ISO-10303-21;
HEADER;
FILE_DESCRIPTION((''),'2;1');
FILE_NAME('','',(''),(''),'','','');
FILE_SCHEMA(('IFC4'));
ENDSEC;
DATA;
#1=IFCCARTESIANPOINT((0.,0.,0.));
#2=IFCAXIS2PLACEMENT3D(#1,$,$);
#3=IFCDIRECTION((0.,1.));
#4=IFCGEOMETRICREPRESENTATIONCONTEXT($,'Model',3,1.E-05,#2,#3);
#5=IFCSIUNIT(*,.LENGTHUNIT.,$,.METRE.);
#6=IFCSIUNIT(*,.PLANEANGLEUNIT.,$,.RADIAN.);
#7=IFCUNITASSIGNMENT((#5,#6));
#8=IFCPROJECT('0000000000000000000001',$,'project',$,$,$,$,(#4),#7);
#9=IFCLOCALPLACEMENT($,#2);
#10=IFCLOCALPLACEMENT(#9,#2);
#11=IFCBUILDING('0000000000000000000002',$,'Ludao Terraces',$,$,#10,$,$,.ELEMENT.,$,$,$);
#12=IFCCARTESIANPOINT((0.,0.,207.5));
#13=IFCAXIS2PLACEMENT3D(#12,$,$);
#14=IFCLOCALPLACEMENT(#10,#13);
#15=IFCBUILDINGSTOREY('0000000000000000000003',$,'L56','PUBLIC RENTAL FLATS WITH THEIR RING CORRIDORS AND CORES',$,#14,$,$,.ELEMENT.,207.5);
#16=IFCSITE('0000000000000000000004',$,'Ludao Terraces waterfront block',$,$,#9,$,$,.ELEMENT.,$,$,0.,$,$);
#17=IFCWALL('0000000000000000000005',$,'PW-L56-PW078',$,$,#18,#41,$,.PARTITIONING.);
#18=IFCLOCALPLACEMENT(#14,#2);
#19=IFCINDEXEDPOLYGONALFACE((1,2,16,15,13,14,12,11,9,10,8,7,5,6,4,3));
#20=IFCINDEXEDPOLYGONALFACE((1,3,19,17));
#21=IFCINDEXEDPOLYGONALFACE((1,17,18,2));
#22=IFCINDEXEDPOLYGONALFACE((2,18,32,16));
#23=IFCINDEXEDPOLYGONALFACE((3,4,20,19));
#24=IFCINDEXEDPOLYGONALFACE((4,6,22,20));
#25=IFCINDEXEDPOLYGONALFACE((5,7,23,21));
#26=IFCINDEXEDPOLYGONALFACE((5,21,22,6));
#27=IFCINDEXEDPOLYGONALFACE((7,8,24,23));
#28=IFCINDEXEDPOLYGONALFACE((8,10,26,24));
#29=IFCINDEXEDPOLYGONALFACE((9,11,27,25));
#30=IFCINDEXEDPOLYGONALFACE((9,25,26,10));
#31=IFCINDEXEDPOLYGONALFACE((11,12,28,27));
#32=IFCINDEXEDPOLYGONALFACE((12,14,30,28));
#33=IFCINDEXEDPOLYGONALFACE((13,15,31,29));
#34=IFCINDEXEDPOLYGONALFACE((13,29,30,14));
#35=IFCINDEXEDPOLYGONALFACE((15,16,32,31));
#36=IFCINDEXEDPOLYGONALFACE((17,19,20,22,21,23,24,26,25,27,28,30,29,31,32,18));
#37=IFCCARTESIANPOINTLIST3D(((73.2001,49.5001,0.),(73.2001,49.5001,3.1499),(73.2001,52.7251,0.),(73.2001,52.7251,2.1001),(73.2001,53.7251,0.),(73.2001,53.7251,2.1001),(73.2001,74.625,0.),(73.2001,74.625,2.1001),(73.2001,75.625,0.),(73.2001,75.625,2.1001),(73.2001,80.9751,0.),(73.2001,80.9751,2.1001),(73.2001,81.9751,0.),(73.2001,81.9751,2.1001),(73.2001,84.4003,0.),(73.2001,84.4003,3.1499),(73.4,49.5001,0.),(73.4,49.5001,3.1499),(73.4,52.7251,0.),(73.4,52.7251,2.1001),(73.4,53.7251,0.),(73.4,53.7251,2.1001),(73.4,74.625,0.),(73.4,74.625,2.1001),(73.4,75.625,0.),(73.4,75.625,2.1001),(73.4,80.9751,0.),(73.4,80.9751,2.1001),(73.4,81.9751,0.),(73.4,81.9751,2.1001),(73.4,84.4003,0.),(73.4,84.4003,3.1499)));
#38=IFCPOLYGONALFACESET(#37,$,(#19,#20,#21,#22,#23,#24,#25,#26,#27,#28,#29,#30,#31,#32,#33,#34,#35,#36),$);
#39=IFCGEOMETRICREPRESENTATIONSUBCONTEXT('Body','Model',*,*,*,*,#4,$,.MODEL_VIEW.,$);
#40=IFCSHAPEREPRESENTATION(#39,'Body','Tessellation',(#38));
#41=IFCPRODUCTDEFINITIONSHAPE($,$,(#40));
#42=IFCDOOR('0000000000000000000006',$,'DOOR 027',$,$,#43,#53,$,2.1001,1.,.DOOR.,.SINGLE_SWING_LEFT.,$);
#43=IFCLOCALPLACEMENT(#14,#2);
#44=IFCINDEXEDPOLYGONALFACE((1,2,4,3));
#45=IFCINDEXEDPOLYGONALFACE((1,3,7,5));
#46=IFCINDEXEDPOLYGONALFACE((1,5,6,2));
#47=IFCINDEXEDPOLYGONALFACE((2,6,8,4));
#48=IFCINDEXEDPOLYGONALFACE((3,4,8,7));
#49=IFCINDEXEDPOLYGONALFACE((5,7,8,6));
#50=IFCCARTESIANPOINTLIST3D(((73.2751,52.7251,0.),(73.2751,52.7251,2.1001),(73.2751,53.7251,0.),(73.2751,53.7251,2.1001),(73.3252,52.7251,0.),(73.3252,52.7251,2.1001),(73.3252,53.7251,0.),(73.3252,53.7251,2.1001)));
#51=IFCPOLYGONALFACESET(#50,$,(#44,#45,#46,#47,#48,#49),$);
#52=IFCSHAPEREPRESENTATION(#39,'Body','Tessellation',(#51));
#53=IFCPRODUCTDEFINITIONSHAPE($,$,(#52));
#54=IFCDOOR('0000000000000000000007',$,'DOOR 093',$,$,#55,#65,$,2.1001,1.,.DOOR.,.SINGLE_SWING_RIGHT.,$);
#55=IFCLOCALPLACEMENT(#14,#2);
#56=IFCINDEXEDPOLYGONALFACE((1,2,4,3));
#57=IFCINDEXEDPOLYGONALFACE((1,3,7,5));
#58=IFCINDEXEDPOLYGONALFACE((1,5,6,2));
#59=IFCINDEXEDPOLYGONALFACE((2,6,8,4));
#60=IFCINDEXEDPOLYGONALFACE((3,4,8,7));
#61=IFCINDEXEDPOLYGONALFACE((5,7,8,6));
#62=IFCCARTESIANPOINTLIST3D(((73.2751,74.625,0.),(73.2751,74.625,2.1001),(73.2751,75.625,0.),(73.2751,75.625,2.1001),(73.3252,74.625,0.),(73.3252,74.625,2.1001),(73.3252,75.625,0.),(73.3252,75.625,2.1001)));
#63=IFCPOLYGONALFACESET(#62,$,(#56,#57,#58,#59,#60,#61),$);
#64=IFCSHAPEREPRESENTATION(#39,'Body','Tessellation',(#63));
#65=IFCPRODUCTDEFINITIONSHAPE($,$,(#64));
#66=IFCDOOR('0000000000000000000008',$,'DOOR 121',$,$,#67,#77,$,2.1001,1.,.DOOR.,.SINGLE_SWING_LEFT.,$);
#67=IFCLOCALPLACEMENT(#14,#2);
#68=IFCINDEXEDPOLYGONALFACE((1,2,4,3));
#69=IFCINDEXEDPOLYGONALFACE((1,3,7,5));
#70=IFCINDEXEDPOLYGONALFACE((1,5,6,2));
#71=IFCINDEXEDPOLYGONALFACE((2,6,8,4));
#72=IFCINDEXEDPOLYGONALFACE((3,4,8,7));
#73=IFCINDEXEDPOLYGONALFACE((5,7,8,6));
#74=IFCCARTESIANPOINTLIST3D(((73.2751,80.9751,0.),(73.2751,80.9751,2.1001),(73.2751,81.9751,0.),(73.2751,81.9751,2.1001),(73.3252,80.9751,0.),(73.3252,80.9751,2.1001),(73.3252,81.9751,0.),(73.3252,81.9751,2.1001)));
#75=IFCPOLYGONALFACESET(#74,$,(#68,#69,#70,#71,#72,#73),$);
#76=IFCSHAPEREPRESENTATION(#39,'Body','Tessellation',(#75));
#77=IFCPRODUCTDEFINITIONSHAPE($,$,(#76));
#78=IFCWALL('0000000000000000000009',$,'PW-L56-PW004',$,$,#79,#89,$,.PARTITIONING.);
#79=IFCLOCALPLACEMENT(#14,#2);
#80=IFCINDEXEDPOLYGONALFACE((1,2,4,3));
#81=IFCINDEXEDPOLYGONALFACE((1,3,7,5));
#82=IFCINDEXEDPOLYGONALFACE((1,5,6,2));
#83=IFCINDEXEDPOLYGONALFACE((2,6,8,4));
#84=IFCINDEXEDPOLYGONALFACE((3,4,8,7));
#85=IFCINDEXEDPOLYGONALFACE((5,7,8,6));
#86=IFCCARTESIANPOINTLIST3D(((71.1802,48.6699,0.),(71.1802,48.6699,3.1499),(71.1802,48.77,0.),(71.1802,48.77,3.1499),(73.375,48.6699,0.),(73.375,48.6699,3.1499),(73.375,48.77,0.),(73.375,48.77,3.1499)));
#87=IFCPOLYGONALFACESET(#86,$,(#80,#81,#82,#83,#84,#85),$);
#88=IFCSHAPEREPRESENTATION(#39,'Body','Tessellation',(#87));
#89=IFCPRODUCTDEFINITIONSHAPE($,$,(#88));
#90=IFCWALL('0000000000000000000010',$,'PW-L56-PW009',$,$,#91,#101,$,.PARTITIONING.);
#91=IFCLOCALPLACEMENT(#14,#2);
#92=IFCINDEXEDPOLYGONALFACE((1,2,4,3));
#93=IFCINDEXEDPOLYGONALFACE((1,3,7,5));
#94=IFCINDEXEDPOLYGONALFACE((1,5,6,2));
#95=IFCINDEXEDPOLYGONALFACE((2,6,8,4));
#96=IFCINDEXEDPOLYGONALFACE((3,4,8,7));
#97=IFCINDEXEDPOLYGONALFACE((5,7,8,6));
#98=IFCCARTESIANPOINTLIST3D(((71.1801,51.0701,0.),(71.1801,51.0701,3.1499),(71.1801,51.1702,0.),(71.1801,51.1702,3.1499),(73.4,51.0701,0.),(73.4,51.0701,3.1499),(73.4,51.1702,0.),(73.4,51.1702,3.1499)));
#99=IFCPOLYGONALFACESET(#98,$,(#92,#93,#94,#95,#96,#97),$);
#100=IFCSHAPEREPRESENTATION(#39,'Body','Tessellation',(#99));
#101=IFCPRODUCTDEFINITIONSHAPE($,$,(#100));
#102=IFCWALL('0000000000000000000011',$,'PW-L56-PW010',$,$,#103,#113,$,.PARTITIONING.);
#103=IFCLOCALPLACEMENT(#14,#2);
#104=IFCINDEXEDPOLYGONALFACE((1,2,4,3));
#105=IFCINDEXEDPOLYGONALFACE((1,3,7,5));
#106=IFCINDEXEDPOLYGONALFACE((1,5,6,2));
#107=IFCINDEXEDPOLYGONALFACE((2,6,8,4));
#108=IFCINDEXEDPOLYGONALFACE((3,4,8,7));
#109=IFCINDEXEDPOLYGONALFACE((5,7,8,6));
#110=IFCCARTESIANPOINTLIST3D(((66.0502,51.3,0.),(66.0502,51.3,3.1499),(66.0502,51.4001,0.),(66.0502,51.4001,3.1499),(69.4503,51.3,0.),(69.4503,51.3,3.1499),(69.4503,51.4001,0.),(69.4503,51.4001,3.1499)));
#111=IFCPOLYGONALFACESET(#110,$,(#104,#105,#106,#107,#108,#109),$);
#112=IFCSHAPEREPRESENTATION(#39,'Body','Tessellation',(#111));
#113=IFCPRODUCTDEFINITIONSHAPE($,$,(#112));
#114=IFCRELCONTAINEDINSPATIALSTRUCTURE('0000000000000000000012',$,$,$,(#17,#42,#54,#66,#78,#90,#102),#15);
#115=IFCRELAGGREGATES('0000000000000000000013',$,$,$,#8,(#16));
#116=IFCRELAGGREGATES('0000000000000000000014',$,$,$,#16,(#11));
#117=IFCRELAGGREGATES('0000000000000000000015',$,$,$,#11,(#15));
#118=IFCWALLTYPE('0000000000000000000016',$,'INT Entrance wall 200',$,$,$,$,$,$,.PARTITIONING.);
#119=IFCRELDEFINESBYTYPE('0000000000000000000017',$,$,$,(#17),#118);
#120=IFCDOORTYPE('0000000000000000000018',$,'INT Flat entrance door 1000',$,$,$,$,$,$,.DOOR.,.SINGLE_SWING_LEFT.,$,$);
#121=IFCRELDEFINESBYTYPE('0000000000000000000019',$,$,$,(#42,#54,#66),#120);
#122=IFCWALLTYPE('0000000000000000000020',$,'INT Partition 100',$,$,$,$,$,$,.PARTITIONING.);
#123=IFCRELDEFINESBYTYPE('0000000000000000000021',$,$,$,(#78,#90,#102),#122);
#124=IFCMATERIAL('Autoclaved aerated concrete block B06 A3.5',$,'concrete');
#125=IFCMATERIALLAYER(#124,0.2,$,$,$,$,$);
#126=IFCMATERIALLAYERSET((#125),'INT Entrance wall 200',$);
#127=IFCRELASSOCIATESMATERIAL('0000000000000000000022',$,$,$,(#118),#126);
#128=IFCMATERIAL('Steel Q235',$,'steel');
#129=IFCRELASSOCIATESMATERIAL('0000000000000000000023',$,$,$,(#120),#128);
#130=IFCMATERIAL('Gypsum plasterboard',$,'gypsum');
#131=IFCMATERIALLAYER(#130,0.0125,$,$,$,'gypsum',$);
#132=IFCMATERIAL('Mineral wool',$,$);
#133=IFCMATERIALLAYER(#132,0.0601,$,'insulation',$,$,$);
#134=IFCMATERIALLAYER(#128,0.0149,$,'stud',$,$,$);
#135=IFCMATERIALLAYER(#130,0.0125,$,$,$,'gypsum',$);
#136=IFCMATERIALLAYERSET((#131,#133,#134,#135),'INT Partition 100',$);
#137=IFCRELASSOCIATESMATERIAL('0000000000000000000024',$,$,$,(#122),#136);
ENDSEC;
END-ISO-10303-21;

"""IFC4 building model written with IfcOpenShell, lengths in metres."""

from ifc_helpers import new_model, si_unit, direction, frame, frame_2d, origin, place, context, subcontext, project, spatial, rectangle, extrude, material, layer, layer_set, type_object, element, fill, save


model = new_model("IFC4")

# Units and contexts
model_context = context("Model", 3, precision=1e-05, world=origin(), true_north=direction((0.0, 1.0)))
body_context = subcontext(model_context, "Body", "Model", "MODEL_VIEW")
ifc_project = project(units=[si_unit("LENGTHUNIT", "METRE"), si_unit("PLANEANGLEUNIT", "RADIAN")], contexts=[model_context])

# Site, building, storey
site_placement = place(None, origin())
site = spatial("IfcSite", under=ifc_project, at=site_placement, Name="Ludao Terraces waterfront block", CompositionType="ELEMENT", RefElevation=0.0)
building_placement = place(site_placement, origin())
building = spatial("IfcBuilding", under=site, at=building_placement, Name="Ludao Terraces", CompositionType="ELEMENT")
storey_placement = place(building_placement, frame((0.0, 0.0, 207.5)))
storey = spatial("IfcBuildingStorey", under=building, at=storey_placement, Name="L56", Description="PUBLIC RENTAL FLATS WITH THEIR RING CORRIDORS AND CORES", CompositionType="ELEMENT", Elevation=207.5)

# Wall, openings, doors
ifc_material_1 = material(Name="Autoclaved aerated concrete block B06 A3.5", Category="concrete")
ifc_layer_1 = layer(ifc_material_1, 0.2)
ifc_layer_set_1 = layer_set([ifc_layer_1], Name="INT Entrance wall 200")
wall_type_1 = type_object("IfcWallType", Name="INT Entrance wall 200", PredefinedType="PARTITIONING", material=ifc_layer_set_1)
wall_1_placement = place(storey_placement, frame((73.3, 49.5, 0.0), z_axis=(0.0, 0.0, 1.0), x_axis=(0.0, 1.0, 0.0)))
wall_1 = element("IfcWall", 1, at=wall_1_placement, inside=storey, type_object=wall_type_1, Name="PW-L56-PW078", PredefinedType="PARTITIONING", context=body_context, shape_type="SweptSolid", body=[
    extrude(rectangle(XDim=34.9001, YDim=0.2, at=frame_2d((17.4502, 0.0))), origin(), (0.0, 0.0, 1.0), 3.1499),
])
opening_1_placement = place(wall_1_placement, frame((3.2251, 0.0, 0.0)))
opening_1 = element("IfcOpeningElement", 2, at=opening_1_placement, cuts=wall_1, PredefinedType="OPENING", context=body_context, shape_type="SweptSolid", body=[
    extrude(rectangle(XDim=1.0, YDim=2.1001, at=frame_2d((0.5, 1.05))), frame((0.0, 0.1099, 0.0), z_axis=(0.0, -1.0, 0.0), x_axis=(1.0, 0.0, 0.0)), (0.0, 0.0, 1.0), 0.22),
])
opening_2_placement = place(wall_1_placement, frame((25.125, 0.0, 0.0)))
opening_2 = element("IfcOpeningElement", 3, at=opening_2_placement, cuts=wall_1, PredefinedType="OPENING", context=body_context, shape_type="SweptSolid", body=[
    extrude(rectangle(XDim=1.0, YDim=2.1001, at=frame_2d((0.5, 1.05))), frame((0.0, 0.1099, 0.0), z_axis=(0.0, -1.0, 0.0), x_axis=(1.0, 0.0, 0.0)), (0.0, 0.0, 1.0), 0.22),
])
opening_3_placement = place(wall_1_placement, frame((31.4751, 0.0, 0.0)))
opening_3 = element("IfcOpeningElement", 4, at=opening_3_placement, cuts=wall_1, PredefinedType="OPENING", context=body_context, shape_type="SweptSolid", body=[
    extrude(rectangle(XDim=1.0, YDim=2.1001, at=frame_2d((0.5, 1.05))), frame((0.0, 0.1099, 0.0), z_axis=(0.0, -1.0, 0.0), x_axis=(1.0, 0.0, 0.0)), (0.0, 0.0, 1.0), 0.22),
])
ifc_material_2 = material(Name="Steel Q235", Category="steel")
door_type_1 = type_object("IfcDoorType", Name="INT Flat entrance door 1000", OperationType="SINGLE_SWING_LEFT", PredefinedType="DOOR", material=ifc_material_2)
door_1_placement = place(opening_1_placement, origin())
door_1 = element("IfcDoor", 5, at=door_1_placement, inside=storey, type_object=door_type_1, Name="DOOR 027", OperationType="SINGLE_SWING_LEFT", OverallHeight=2.1001, OverallWidth=1.0, PredefinedType="DOOR", context=body_context, shape_type="SweptSolid", body=[
    extrude(rectangle(XDim=1.0, YDim=2.1001, at=frame_2d((0.5, 1.05))), frame((0.0, 0.0249, 0.0), z_axis=(0.0, -1.0, 0.0), x_axis=(1.0, 0.0, 0.0)), (0.0, 0.0, 1.0), 0.05),
])
fill(opening_1, door_1)
door_2_placement = place(opening_2_placement, origin())
door_2 = element("IfcDoor", 6, at=door_2_placement, inside=storey, type_object=door_type_1, Name="DOOR 093", OperationType="SINGLE_SWING_RIGHT", OverallHeight=2.1001, OverallWidth=1.0, PredefinedType="DOOR", context=body_context, shape_type="SweptSolid", body=[
    extrude(rectangle(XDim=1.0, YDim=2.1001, at=frame_2d((0.5, 1.05))), frame((0.0, 0.0249, 0.0), z_axis=(0.0, -1.0, 0.0), x_axis=(1.0, 0.0, 0.0)), (0.0, 0.0, 1.0), 0.05),
])
fill(opening_2, door_2)
door_3_placement = place(opening_3_placement, origin())
door_3 = element("IfcDoor", 7, at=door_3_placement, inside=storey, type_object=door_type_1, Name="DOOR 121", OperationType="SINGLE_SWING_LEFT", OverallHeight=2.1001, OverallWidth=1.0, PredefinedType="DOOR", context=body_context, shape_type="SweptSolid", body=[
    extrude(rectangle(XDim=1.0, YDim=2.1001, at=frame_2d((0.5, 1.05))), frame((0.0, 0.0249, 0.0), z_axis=(0.0, -1.0, 0.0), x_axis=(1.0, 0.0, 0.0)), (0.0, 0.0, 1.0), 0.05),
])
fill(opening_3, door_3)

# Walls
ifc_material_3 = material(Name="Gypsum plasterboard", Category="gypsum")
ifc_layer_2 = layer(ifc_material_3, 0.0125, Category="gypsum")
ifc_material_4 = material(Name="Mineral wool")
ifc_layer_3 = layer(ifc_material_4, 0.0601, Name="insulation")
ifc_layer_4 = layer(ifc_material_2, 0.0149, Name="stud")
ifc_layer_5 = layer(ifc_material_3, 0.0125, Category="gypsum")
ifc_layer_set_2 = layer_set([ifc_layer_2, ifc_layer_3, ifc_layer_4, ifc_layer_5], Name="INT Partition 100")
wall_type_2 = type_object("IfcWallType", Name="INT Partition 100", PredefinedType="PARTITIONING", material=ifc_layer_set_2)
wall_2_placement = place(storey_placement, frame((71.1802, 48.72, 0.0), z_axis=(0.0, 0.0, 1.0), x_axis=(1.0, 0.0, 0.0)))
element("IfcWall", 8, at=wall_2_placement, inside=storey, type_object=wall_type_2, Name="PW-L56-PW004", PredefinedType="PARTITIONING", context=body_context, shape_type="SweptSolid", body=[
    extrude(rectangle(XDim=2.1948, YDim=0.1001, at=frame_2d((1.0974, 0.0))), origin(), (0.0, 0.0, 1.0), 3.1499),
])
wall_3_placement = place(storey_placement, frame((71.1802, 51.1201, 0.0), z_axis=(0.0, 0.0, 1.0), x_axis=(1.0, 0.0, 0.0)))
element("IfcWall", 9, at=wall_3_placement, inside=storey, type_object=wall_type_2, Name="PW-L56-PW009", PredefinedType="PARTITIONING", context=body_context, shape_type="SweptSolid", body=[
    extrude(rectangle(XDim=2.22, YDim=0.1001, at=frame_2d((1.1099, 0.0))), origin(), (0.0, 0.0, 1.0), 3.1499),
])
wall_4_placement = place(storey_placement, frame((66.05, 51.3501, 0.0), z_axis=(0.0, 0.0, 1.0), x_axis=(1.0, 0.0, 0.0)))
element("IfcWall", 10, at=wall_4_placement, inside=storey, type_object=wall_type_2, Name="PW-L56-PW010", PredefinedType="PARTITIONING", context=body_context, shape_type="SweptSolid", body=[
    extrude(rectangle(XDim=3.4001, YDim=0.1001, at=frame_2d((1.7002, 0.0))), origin(), (0.0, 0.0, 1.0), 3.1499),
])

save(model, "model.ifc")
